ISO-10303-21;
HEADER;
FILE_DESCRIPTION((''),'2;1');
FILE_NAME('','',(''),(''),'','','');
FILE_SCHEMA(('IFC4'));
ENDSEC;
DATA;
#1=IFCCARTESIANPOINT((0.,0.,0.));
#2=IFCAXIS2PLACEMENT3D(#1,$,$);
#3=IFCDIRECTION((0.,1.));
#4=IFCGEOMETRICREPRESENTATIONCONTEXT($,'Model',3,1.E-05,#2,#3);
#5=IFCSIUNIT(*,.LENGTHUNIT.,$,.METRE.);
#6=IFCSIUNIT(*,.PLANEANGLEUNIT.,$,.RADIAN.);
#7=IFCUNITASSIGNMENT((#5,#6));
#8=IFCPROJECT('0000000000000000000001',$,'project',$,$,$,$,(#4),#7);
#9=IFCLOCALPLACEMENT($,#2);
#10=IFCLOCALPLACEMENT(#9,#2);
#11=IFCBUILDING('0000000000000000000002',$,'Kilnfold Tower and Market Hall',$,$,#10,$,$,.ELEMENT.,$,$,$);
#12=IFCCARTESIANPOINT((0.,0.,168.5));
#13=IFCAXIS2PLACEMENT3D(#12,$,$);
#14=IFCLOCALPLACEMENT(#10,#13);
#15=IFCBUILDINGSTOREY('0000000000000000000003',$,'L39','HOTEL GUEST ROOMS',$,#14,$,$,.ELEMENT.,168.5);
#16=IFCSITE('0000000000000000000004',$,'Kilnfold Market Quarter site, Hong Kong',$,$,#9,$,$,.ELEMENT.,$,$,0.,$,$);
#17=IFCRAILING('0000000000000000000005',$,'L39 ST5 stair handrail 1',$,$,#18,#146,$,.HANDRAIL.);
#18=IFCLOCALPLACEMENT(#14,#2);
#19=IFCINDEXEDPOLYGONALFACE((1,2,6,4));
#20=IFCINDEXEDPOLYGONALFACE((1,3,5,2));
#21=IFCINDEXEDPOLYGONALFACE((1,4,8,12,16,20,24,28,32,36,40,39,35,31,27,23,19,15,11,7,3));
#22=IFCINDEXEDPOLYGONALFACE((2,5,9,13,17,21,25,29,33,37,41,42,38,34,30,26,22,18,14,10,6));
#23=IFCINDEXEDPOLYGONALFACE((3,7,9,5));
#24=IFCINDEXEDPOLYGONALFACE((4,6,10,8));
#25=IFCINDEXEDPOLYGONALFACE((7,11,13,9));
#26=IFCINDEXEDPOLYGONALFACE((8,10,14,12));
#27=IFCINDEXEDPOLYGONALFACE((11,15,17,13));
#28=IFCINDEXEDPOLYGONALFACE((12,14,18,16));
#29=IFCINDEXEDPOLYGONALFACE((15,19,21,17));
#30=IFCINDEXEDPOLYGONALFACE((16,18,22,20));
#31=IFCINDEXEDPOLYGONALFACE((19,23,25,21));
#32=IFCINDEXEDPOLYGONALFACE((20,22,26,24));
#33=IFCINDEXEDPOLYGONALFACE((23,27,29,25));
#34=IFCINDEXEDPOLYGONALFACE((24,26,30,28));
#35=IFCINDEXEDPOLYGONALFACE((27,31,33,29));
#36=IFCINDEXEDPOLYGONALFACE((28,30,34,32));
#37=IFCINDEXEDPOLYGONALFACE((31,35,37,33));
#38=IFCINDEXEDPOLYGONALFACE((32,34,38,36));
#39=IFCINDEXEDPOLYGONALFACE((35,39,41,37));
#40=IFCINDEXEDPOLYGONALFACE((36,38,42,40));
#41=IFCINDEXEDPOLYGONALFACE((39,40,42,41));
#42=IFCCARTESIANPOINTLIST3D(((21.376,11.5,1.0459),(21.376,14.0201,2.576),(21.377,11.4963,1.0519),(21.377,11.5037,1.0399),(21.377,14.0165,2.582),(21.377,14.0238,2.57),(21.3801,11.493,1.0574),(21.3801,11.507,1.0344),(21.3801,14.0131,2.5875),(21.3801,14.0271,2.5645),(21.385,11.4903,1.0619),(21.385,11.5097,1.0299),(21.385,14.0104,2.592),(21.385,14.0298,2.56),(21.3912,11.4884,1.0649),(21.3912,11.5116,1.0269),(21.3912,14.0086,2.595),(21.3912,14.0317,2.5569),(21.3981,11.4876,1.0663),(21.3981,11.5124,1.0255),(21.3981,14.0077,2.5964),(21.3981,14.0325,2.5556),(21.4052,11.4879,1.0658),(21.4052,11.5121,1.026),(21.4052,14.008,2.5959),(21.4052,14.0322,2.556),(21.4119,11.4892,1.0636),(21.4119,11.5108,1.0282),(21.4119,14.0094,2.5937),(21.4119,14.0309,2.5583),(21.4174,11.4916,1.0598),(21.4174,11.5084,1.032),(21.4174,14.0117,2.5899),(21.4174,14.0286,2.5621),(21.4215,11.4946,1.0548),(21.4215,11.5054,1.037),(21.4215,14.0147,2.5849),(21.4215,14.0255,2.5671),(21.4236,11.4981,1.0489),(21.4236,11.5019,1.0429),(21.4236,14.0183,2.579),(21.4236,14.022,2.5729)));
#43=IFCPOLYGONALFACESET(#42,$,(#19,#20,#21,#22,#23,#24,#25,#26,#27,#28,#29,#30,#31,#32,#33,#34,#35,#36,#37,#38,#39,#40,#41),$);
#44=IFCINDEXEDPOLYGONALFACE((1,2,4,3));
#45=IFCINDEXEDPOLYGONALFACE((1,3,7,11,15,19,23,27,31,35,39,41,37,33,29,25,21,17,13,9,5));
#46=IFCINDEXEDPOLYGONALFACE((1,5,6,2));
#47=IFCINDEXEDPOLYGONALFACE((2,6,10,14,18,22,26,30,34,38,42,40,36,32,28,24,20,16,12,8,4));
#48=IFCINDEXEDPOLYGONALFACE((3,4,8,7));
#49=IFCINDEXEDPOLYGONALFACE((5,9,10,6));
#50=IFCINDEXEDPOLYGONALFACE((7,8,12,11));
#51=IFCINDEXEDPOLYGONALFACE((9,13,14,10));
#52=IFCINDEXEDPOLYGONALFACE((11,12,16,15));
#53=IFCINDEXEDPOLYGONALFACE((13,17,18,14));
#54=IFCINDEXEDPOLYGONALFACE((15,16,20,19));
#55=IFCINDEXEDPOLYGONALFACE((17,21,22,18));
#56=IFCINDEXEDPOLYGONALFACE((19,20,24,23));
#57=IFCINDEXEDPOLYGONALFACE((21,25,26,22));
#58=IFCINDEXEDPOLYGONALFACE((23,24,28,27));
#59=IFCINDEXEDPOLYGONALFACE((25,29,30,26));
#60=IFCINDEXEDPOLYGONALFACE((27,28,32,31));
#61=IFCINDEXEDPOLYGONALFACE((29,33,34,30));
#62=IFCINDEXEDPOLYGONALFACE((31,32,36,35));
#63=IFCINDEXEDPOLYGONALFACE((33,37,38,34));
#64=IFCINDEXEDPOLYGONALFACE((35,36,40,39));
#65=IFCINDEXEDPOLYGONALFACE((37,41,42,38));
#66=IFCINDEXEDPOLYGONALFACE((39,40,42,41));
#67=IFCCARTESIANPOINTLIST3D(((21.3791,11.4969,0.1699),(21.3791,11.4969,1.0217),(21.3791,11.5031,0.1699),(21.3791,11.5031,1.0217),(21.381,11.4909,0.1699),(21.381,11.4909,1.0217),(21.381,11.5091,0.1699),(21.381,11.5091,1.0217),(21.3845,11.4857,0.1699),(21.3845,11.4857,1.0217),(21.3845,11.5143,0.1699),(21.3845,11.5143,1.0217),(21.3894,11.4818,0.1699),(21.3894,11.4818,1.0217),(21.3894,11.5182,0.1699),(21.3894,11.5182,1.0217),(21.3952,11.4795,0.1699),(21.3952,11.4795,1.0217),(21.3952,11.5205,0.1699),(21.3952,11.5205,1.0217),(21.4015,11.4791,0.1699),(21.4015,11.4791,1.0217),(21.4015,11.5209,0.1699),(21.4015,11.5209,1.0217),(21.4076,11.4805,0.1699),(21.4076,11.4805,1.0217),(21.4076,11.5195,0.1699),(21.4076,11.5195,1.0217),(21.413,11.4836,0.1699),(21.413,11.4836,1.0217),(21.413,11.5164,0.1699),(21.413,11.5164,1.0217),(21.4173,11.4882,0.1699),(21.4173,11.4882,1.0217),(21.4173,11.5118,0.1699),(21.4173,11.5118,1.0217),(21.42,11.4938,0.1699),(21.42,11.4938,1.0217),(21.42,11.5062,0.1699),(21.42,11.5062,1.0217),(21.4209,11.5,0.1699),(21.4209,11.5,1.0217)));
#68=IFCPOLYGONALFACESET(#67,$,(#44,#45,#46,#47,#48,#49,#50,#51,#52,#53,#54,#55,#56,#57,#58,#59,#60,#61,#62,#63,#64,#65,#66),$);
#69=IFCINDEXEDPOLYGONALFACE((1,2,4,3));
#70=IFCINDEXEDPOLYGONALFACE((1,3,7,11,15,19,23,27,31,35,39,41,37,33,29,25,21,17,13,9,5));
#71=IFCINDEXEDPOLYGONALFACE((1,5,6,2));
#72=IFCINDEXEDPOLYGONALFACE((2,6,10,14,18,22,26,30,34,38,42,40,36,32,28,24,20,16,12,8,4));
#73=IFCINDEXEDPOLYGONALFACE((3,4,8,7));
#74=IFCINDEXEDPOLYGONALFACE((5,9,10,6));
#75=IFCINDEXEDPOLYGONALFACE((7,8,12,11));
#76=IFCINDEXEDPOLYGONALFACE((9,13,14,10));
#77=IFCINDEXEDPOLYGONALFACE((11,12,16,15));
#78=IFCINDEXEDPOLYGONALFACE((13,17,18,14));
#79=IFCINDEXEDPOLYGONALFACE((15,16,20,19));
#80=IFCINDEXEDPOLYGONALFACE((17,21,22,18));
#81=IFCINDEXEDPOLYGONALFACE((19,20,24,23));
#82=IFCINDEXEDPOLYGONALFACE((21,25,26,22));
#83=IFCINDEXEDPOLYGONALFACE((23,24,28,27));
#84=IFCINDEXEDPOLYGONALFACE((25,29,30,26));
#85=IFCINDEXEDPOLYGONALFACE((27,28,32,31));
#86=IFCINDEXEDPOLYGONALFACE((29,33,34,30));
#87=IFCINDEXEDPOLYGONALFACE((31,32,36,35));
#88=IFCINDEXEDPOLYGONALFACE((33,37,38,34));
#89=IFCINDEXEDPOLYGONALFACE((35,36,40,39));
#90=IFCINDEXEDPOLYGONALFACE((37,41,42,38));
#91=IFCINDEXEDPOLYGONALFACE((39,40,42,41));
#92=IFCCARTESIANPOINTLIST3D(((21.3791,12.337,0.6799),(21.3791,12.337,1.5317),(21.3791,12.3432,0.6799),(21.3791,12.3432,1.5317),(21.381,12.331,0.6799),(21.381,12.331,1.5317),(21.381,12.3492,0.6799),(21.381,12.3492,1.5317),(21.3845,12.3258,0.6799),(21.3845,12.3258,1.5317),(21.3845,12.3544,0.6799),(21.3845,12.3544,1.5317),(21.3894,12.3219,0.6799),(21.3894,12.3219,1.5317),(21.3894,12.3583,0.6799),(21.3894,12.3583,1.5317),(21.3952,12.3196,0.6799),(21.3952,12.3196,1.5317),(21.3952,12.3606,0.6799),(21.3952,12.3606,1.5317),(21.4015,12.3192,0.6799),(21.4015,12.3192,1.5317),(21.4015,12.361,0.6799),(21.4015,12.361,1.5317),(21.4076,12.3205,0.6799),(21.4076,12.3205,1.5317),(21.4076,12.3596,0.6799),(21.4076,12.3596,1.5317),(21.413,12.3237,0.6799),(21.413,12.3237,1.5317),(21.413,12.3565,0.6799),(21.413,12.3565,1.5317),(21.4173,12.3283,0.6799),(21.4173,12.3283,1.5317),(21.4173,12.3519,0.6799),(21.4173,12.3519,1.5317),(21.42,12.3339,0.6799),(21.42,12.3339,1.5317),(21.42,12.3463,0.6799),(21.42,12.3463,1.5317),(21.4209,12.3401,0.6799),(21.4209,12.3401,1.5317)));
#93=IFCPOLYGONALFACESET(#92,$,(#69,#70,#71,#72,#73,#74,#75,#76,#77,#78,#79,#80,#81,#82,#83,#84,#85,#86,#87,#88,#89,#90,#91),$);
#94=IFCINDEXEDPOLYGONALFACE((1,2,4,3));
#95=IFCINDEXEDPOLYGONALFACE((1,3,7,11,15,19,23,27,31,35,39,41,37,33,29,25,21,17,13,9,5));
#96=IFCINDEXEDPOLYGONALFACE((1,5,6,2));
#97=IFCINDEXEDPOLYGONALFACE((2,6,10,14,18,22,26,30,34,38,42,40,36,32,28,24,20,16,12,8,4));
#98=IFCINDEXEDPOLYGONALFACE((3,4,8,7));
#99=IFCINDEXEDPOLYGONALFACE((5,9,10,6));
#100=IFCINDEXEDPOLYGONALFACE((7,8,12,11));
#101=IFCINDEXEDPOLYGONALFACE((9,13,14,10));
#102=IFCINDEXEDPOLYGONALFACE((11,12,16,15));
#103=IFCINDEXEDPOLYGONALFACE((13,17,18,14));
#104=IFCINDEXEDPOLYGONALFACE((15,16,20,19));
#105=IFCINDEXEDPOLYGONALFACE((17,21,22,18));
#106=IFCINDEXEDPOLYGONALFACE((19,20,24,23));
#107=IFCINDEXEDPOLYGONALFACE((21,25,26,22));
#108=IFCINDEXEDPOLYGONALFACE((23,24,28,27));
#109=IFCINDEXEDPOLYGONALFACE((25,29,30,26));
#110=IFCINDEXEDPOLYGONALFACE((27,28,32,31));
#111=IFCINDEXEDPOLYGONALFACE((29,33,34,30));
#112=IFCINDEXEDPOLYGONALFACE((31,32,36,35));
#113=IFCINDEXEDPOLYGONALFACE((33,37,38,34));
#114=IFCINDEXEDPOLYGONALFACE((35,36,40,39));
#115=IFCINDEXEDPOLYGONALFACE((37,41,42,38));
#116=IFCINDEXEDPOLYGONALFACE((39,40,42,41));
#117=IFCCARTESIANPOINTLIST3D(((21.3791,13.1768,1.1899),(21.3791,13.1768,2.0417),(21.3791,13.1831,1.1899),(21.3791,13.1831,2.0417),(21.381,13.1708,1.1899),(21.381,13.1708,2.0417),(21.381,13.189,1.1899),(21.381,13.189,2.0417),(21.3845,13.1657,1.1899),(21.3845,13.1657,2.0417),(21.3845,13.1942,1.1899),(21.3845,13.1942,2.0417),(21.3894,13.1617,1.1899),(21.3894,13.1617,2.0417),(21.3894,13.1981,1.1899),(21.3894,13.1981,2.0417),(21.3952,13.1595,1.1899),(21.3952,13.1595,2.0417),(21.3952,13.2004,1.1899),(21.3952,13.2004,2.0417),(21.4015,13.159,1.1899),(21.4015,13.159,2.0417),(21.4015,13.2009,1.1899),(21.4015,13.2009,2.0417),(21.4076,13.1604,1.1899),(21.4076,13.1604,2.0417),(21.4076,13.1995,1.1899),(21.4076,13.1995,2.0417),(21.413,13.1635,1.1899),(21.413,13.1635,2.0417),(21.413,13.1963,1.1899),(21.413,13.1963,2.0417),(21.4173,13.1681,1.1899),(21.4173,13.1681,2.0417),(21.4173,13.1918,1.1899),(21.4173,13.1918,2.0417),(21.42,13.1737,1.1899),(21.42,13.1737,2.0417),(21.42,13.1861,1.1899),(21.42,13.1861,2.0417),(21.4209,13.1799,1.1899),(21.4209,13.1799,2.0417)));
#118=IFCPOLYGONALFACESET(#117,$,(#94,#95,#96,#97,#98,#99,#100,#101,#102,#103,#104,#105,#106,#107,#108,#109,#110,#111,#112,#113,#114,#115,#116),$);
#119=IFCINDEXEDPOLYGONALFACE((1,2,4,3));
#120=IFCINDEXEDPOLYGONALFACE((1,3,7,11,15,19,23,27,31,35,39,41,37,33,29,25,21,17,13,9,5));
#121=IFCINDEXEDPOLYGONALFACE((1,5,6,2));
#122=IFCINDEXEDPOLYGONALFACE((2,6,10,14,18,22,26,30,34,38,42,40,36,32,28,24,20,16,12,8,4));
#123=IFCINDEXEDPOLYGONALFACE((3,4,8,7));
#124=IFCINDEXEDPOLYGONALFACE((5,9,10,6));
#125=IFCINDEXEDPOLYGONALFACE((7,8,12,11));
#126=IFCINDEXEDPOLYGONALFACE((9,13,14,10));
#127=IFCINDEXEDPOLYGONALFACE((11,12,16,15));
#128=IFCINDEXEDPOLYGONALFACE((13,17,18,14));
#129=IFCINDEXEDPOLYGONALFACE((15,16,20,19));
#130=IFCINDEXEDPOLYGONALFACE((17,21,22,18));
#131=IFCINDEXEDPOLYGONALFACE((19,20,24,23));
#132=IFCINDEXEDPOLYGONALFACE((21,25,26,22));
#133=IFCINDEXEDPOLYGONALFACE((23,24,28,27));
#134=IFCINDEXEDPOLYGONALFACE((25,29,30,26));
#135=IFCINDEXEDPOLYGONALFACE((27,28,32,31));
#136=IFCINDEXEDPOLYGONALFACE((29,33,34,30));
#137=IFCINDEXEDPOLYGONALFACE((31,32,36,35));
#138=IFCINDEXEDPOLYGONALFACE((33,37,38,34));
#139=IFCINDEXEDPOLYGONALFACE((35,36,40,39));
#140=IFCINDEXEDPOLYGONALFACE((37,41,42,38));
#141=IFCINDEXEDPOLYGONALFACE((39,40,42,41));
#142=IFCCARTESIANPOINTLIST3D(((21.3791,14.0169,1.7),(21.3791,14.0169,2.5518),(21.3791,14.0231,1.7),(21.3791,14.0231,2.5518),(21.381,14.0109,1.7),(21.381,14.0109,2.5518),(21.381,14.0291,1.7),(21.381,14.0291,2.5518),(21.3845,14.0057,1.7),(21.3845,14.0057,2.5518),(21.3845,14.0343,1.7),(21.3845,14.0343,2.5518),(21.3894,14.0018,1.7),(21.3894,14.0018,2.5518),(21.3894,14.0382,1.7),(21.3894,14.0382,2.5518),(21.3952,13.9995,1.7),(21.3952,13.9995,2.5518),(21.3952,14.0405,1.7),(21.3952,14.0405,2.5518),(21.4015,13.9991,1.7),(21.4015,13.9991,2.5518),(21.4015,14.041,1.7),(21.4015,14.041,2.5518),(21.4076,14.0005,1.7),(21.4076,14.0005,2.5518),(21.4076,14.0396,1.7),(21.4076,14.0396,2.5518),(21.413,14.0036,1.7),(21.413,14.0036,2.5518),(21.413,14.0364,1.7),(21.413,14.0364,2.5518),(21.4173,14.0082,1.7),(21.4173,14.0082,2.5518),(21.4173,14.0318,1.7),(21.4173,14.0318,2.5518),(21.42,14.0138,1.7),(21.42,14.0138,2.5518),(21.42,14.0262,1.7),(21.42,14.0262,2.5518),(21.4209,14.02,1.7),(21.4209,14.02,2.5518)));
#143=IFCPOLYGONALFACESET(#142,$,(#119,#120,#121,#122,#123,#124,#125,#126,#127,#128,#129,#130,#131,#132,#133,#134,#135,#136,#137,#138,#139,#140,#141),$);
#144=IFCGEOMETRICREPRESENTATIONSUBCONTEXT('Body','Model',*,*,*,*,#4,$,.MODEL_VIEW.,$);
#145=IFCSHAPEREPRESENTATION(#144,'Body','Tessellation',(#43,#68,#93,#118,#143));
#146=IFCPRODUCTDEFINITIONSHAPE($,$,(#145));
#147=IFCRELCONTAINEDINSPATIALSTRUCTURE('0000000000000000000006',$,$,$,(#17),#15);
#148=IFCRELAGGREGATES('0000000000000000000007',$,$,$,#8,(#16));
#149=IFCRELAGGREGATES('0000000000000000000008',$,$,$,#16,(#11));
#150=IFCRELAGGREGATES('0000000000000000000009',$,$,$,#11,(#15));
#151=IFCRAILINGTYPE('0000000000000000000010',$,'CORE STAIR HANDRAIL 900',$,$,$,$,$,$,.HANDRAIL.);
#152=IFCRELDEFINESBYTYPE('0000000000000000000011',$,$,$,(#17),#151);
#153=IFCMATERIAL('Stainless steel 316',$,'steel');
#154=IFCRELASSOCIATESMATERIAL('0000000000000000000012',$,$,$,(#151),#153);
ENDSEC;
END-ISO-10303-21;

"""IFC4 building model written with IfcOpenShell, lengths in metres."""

from ifc_helpers import new_model, si_unit, direction, frame, origin, origin_2d, place, context, subcontext, project, spatial, circle, extrude, material, type_object, element, save


model = new_model("IFC4")

# Units and contexts
model_context = context("Model", 3, precision=1e-05, world=origin(), true_north=direction((0.0, 1.0)))
body_context = subcontext(model_context, "Body", "Model", "MODEL_VIEW")
ifc_project = project(units=[si_unit("LENGTHUNIT", "METRE"), si_unit("PLANEANGLEUNIT", "RADIAN")], contexts=[model_context])

# Site, building, storey
site_placement = place(None, origin())
site = spatial("IfcSite", under=ifc_project, at=site_placement, Name="Kilnfold Market Quarter site, Hong Kong", CompositionType="ELEMENT", RefElevation=0.0)
building_placement = place(site_placement, origin())
building = spatial("IfcBuilding", under=site, at=building_placement, Name="Kilnfold Tower and Market Hall", CompositionType="ELEMENT")
storey_placement = place(building_placement, frame((0.0, 0.0, 168.5)))
storey = spatial("IfcBuildingStorey", under=building, at=storey_placement, Name="L39", Description="HOTEL GUEST ROOMS", CompositionType="ELEMENT", Elevation=168.5)

# Railing
ifc_material_1 = material(Name="Stainless steel 316", Category="steel")
railing_type_1 = type_object("IfcRailingType", Name="CORE STAIR HANDRAIL 900", PredefinedType="HANDRAIL", material=ifc_material_1)
railing_1_placement = place(storey_placement, frame((21.3999, 11.5, 0.1699)))
element("IfcRailing", 1, at=railing_1_placement, inside=storey, type_object=railing_type_1, Name="L39 ST5 stair handrail 1", PredefinedType="HANDRAIL", context=body_context, shape_type="SweptSolid", body=[
    extrude(circle(Radius=0.0239, at=origin_2d()), frame((0.0, 0.0, 0.876), z_axis=(0.0, 0.854785, 0.518982), x_axis=(-1.0, 0.0, 0.0)), (0.0, 0.0, 1.0), 2.9482),
    extrude(circle(Radius=0.021, at=origin_2d()), origin(), (0.0, 0.0, 1.0), 0.8518),
    extrude(circle(Radius=0.021, at=origin_2d()), frame((0.0, 0.8401, 0.51)), (0.0, 0.0, 1.0), 0.8518),
    extrude(circle(Radius=0.021, at=origin_2d()), frame((0.0, 1.6799, 1.02)), (0.0, 0.0, 1.0), 0.8518),
    extrude(circle(Radius=0.021, at=origin_2d()), frame((0.0, 2.52, 1.53)), (0.0, 0.0, 1.0), 0.8518),
])

save(model, "model.ifc")
